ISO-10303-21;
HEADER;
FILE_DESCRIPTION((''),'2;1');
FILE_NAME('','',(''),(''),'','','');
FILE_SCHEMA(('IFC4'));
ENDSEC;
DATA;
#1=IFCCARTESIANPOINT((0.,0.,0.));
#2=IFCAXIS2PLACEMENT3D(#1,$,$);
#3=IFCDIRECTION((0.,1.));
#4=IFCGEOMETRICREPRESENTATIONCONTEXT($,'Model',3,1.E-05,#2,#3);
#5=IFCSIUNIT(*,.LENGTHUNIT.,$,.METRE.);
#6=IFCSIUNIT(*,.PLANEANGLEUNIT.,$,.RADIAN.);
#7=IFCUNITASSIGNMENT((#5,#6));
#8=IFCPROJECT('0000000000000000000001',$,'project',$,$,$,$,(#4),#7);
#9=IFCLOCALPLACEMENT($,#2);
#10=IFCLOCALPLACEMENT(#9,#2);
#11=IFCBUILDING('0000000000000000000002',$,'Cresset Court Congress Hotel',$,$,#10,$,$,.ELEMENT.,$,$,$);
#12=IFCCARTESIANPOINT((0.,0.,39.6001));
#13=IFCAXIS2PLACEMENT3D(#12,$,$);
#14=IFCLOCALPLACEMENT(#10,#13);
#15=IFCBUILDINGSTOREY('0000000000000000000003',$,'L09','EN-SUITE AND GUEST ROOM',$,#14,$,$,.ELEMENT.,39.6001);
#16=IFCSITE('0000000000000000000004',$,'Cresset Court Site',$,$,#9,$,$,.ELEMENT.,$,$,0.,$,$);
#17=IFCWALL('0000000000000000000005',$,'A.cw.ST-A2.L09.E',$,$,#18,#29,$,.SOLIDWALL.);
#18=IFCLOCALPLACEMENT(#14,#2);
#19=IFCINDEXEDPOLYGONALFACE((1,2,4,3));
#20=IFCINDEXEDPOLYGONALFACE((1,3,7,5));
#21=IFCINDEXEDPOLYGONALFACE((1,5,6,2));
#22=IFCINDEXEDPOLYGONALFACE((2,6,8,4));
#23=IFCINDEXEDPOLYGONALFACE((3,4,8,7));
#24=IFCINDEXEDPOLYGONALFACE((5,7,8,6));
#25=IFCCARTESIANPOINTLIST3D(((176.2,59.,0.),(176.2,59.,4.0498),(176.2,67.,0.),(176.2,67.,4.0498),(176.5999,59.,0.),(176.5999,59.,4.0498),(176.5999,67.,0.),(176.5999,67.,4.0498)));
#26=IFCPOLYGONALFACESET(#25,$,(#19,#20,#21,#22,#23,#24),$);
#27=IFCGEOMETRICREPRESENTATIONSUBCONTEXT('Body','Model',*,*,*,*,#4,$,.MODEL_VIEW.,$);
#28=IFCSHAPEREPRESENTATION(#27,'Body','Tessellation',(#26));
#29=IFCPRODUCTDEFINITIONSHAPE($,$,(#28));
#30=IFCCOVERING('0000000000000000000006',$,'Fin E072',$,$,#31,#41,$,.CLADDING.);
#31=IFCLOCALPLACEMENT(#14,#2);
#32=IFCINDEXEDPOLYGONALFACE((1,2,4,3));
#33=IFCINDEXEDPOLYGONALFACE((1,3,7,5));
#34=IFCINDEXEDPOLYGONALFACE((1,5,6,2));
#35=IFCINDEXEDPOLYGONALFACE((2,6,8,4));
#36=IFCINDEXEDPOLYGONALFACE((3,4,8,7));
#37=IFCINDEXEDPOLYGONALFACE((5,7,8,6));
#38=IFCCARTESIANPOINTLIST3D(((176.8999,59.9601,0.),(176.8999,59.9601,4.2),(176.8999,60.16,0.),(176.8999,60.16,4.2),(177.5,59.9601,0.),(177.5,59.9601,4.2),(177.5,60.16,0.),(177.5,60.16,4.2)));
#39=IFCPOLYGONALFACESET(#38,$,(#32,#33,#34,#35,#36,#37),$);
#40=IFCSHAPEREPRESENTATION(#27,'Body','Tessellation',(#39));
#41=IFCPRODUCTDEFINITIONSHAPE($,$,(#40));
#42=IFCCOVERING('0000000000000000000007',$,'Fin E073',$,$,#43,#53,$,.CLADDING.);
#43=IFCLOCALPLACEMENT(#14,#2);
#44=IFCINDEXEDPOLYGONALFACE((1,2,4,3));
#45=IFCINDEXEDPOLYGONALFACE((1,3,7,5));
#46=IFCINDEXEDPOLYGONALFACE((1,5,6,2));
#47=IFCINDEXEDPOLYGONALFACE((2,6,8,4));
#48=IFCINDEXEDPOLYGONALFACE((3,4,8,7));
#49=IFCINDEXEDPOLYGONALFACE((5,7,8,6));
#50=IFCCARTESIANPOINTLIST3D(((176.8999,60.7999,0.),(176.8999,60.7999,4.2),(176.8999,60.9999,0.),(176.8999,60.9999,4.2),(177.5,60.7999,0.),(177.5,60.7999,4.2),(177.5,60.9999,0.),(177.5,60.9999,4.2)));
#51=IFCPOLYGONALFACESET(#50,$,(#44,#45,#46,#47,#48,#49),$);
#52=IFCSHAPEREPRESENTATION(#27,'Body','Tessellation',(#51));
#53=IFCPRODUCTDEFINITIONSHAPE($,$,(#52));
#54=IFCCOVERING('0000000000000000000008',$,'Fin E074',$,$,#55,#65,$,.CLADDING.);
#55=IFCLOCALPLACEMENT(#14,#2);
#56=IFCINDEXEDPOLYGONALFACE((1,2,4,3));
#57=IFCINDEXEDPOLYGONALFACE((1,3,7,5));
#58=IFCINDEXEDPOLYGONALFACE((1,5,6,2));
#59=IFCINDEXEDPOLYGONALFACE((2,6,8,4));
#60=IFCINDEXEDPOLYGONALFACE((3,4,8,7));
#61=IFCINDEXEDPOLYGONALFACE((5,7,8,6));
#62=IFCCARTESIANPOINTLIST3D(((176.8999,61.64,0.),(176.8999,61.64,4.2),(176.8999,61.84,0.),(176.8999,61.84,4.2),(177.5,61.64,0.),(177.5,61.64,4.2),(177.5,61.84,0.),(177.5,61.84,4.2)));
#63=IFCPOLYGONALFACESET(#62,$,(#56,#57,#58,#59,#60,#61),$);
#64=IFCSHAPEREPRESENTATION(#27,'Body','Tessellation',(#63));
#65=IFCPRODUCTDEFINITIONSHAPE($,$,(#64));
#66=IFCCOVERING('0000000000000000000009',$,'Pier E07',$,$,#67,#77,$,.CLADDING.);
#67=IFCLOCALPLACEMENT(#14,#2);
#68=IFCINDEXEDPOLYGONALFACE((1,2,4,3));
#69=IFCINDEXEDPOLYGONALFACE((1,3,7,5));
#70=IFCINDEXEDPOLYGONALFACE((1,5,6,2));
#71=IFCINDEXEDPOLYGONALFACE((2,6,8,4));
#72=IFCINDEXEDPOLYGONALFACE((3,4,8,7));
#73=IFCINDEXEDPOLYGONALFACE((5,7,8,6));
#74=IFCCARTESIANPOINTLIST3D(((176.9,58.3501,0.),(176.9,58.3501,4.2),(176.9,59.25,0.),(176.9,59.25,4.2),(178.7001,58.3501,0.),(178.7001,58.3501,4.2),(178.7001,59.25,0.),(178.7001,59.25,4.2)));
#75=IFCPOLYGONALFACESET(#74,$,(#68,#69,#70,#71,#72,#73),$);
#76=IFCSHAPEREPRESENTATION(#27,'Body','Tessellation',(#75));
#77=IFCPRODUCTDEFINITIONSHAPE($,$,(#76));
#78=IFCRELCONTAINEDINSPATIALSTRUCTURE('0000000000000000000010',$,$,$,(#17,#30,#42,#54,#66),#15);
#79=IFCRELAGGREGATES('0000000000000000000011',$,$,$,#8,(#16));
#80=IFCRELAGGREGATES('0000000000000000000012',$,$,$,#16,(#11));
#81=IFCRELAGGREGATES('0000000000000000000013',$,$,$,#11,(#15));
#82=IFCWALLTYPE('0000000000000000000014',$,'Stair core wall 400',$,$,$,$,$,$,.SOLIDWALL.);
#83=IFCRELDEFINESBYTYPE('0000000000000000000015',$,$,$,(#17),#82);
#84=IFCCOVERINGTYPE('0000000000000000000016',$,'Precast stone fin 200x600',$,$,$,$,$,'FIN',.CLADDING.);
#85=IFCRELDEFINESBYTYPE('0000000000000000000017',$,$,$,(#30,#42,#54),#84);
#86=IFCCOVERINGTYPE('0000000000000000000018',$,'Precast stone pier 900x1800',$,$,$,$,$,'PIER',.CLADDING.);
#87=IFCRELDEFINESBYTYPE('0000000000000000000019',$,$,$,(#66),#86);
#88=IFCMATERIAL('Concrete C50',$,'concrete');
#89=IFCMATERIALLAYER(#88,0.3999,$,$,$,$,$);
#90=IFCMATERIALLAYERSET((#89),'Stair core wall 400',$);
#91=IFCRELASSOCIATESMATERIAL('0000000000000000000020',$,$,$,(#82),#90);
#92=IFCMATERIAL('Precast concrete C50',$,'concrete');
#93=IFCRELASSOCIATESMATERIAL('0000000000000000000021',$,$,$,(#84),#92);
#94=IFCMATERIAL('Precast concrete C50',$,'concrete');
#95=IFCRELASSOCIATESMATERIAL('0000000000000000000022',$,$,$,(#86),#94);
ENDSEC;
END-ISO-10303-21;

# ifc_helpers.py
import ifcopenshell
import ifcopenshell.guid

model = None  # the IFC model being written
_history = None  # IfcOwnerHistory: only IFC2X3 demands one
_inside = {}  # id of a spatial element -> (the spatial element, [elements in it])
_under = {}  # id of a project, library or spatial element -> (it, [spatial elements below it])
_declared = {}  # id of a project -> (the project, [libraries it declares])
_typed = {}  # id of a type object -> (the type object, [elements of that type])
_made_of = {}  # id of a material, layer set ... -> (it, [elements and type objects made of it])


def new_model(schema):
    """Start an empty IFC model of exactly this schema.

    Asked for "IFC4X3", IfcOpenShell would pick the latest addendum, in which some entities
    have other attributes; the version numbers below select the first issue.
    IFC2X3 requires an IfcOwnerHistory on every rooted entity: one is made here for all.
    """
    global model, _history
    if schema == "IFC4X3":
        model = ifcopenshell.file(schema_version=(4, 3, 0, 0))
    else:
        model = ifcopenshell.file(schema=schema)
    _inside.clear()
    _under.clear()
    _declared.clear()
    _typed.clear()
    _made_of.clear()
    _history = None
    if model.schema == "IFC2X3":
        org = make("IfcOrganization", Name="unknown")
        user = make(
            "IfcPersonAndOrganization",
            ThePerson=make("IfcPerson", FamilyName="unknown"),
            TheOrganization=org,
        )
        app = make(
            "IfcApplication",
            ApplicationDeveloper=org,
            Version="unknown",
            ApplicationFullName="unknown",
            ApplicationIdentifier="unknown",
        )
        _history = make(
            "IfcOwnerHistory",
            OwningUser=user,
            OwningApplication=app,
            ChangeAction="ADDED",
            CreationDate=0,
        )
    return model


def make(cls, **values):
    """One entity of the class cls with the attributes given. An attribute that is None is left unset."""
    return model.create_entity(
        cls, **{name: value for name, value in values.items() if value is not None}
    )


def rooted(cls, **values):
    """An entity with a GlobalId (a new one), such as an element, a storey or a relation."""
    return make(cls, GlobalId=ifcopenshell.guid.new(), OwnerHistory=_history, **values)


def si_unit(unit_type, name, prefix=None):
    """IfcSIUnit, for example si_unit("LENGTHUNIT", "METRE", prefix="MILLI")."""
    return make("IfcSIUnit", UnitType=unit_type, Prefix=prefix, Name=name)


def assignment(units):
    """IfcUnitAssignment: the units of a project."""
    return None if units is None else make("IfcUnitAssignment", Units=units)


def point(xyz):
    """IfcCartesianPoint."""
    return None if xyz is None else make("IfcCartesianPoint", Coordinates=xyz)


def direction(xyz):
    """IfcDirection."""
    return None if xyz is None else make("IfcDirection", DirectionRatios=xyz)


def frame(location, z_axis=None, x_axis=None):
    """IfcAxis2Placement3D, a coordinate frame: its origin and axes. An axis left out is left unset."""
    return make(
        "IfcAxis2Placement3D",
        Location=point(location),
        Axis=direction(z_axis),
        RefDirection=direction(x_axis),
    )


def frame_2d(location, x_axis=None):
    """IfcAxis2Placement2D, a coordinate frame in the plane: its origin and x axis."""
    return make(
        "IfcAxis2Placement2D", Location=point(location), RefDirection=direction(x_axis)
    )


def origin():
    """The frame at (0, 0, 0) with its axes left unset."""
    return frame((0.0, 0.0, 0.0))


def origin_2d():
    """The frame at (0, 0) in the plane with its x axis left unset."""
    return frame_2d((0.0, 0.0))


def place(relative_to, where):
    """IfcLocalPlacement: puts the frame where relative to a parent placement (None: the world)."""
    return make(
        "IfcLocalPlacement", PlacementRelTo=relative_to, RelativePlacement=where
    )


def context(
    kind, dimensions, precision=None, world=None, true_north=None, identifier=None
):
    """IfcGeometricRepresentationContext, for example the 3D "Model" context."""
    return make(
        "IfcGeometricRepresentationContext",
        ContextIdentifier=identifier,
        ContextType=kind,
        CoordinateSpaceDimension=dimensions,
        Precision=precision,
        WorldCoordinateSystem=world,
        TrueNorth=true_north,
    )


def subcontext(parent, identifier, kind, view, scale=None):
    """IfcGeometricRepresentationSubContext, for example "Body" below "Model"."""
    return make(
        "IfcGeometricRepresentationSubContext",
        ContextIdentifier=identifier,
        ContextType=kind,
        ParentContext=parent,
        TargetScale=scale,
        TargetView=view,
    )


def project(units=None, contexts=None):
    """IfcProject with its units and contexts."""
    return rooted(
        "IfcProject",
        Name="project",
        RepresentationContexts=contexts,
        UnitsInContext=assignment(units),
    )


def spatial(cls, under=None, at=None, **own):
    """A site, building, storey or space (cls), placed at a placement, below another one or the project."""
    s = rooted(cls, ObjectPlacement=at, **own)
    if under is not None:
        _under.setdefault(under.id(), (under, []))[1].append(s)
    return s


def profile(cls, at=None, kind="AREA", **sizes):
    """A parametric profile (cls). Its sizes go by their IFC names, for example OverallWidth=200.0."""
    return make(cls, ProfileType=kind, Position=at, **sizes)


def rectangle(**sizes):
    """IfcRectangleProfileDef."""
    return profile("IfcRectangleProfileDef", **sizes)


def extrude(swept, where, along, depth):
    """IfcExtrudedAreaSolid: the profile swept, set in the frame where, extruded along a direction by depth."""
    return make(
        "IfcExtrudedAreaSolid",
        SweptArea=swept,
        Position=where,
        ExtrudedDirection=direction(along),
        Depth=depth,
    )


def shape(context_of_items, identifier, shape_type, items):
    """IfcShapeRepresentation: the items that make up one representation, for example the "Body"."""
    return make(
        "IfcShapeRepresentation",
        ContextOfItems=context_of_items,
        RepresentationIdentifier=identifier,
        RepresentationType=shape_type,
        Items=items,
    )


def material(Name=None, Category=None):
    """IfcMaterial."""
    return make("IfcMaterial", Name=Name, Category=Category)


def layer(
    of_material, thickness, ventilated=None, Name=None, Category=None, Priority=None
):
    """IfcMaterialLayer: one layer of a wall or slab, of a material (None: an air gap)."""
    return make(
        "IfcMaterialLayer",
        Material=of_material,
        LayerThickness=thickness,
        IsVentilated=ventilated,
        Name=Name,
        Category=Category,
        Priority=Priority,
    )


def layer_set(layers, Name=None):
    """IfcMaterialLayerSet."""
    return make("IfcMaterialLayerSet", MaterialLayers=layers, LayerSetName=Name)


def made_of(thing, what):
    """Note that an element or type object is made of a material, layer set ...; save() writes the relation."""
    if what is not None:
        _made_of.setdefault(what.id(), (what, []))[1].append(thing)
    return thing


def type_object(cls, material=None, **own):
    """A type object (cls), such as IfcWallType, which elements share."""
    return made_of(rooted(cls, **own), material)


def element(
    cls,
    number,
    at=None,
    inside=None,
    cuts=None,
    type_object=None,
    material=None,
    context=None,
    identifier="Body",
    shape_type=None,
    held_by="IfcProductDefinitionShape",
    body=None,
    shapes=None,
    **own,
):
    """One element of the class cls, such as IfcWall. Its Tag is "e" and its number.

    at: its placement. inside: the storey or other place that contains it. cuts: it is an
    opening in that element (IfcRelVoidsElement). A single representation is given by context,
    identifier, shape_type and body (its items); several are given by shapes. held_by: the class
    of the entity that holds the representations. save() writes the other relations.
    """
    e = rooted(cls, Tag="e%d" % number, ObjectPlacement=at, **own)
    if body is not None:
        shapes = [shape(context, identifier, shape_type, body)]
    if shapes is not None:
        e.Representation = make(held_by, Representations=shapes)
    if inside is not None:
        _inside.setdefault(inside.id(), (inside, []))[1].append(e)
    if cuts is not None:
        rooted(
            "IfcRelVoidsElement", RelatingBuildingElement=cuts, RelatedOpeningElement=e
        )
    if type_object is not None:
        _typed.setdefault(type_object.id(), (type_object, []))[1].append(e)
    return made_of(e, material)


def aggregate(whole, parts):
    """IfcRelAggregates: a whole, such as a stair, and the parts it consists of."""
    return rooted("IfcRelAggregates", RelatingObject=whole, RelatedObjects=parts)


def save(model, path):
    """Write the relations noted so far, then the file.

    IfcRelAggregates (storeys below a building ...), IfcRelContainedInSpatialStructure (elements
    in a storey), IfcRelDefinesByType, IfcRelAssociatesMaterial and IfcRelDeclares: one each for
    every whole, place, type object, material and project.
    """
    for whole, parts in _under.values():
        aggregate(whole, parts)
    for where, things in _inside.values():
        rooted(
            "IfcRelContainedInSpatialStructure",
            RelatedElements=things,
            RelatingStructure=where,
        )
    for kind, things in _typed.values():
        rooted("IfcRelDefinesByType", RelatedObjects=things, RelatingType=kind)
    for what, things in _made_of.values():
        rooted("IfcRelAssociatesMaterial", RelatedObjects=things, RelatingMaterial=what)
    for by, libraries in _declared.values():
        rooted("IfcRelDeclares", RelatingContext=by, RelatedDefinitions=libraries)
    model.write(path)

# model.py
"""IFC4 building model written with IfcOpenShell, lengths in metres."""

from ifc_helpers import new_model, si_unit, direction, frame, frame_2d, origin, origin_2d, place, context, subcontext, project, spatial, rectangle, extrude, material, layer, layer_set, type_object, element, save


model = new_model("IFC4")

# Units and contexts
model_context = context("Model", 3, precision=1e-05, world=origin(), true_north=direction((0.0, 1.0)))
body_context = subcontext(model_context, "Body", "Model", "MODEL_VIEW")
ifc_project = project(units=[si_unit("LENGTHUNIT", "METRE"), si_unit("PLANEANGLEUNIT", "RADIAN")], contexts=[model_context])

# Site, building, storey
site_placement = place(None, origin())
site = spatial("IfcSite", under=ifc_project, at=site_placement, Name="Cresset Court Site", CompositionType="ELEMENT", RefElevation=0.0)
building_placement = place(site_placement, origin())
building = spatial("IfcBuilding", under=site, at=building_placement, Name="Cresset Court Congress Hotel", CompositionType="ELEMENT")
storey_placement = place(building_placement, frame((0.0, 0.0, 39.6001)))
storey = spatial("IfcBuildingStorey", under=building, at=storey_placement, Name="L09", Description="EN-SUITE AND GUEST ROOM", CompositionType="ELEMENT", Elevation=39.6001)

# Wall
ifc_material_1 = material(Name="Concrete C50", Category="concrete")
ifc_layer_1 = layer(ifc_material_1, 0.3999)
ifc_layer_set_1 = layer_set([ifc_layer_1], Name="Stair core wall 400")
wall_type_1 = type_object("IfcWallType", Name="Stair core wall 400", PredefinedType="SOLIDWALL", material=ifc_layer_set_1)
wall_1_placement = place(storey_placement, frame((176.3999, 59.0, 0.0), z_axis=(0.0, 0.0, 1.0), x_axis=(0.0, 1.0, 0.0)))
element("IfcWall", 1, at=wall_1_placement, inside=storey, type_object=wall_type_1, Name="A.cw.ST-A2.L09.E", PredefinedType="SOLIDWALL", context=body_context, shape_type="SweptSolid", body=[
    extrude(rectangle(XDim=8.0, YDim=0.3999, at=frame_2d((4.0, 0.0))), origin(), (0.0, 0.0, 1.0), 4.0498),
])

# Coverings
ifc_material_2 = material(Name="Precast concrete C50", Category="concrete")
covering_type_1 = type_object("IfcCoveringType", Name="Precast stone fin 200x600", ElementType="FIN", PredefinedType="CLADDING", material=ifc_material_2)
for number, where, z_axis, x_axis, name in (
    (2, (177.2, 60.0601, 0.0), (0.0, 0.0, 1.0), (1.0, 0.0, 0.0), "Fin E072"),
    (3, (177.2, 60.8999, 0.0), (0.0, 0.0, 1.0), (1.0, 0.0, 0.0), "Fin E073"),
    (4, (177.2, 61.74, 0.0), (0.0, 0.0, 1.0), (1.0, 0.0, 0.0), "Fin E074"),
):
    element("IfcCovering", number, at=place(storey_placement, frame(where, z_axis=z_axis, x_axis=x_axis)), inside=storey, type_object=covering_type_1, Name=name, PredefinedType="CLADDING", context=body_context, shape_type="SweptSolid", body=[
        extrude(rectangle(XDim=0.6001, YDim=0.2, at=origin_2d()), origin(), (0.0, 0.0, 1.0), 4.2),
    ])
ifc_material_3 = material(Name="Precast concrete C50", Category="concrete")
covering_type_2 = type_object("IfcCoveringType", Name="Precast stone pier 900x1800", ElementType="PIER", PredefinedType="CLADDING", material=ifc_material_3)
covering_placement = place(storey_placement, frame((177.8, 58.8, 0.0), z_axis=(0.0, 0.0, 1.0), x_axis=(1.0, 0.0, 0.0)))
element("IfcCovering", 5, at=covering_placement, inside=storey, type_object=covering_type_2, Name="Pier E07", PredefinedType="CLADDING", context=body_context, shape_type="SweptSolid", body=[
    extrude(rectangle(XDim=1.8, YDim=0.8999, at=origin_2d()), origin(), (0.0, 0.0, 1.0), 4.2),
])

save(model, "model.ifc")
